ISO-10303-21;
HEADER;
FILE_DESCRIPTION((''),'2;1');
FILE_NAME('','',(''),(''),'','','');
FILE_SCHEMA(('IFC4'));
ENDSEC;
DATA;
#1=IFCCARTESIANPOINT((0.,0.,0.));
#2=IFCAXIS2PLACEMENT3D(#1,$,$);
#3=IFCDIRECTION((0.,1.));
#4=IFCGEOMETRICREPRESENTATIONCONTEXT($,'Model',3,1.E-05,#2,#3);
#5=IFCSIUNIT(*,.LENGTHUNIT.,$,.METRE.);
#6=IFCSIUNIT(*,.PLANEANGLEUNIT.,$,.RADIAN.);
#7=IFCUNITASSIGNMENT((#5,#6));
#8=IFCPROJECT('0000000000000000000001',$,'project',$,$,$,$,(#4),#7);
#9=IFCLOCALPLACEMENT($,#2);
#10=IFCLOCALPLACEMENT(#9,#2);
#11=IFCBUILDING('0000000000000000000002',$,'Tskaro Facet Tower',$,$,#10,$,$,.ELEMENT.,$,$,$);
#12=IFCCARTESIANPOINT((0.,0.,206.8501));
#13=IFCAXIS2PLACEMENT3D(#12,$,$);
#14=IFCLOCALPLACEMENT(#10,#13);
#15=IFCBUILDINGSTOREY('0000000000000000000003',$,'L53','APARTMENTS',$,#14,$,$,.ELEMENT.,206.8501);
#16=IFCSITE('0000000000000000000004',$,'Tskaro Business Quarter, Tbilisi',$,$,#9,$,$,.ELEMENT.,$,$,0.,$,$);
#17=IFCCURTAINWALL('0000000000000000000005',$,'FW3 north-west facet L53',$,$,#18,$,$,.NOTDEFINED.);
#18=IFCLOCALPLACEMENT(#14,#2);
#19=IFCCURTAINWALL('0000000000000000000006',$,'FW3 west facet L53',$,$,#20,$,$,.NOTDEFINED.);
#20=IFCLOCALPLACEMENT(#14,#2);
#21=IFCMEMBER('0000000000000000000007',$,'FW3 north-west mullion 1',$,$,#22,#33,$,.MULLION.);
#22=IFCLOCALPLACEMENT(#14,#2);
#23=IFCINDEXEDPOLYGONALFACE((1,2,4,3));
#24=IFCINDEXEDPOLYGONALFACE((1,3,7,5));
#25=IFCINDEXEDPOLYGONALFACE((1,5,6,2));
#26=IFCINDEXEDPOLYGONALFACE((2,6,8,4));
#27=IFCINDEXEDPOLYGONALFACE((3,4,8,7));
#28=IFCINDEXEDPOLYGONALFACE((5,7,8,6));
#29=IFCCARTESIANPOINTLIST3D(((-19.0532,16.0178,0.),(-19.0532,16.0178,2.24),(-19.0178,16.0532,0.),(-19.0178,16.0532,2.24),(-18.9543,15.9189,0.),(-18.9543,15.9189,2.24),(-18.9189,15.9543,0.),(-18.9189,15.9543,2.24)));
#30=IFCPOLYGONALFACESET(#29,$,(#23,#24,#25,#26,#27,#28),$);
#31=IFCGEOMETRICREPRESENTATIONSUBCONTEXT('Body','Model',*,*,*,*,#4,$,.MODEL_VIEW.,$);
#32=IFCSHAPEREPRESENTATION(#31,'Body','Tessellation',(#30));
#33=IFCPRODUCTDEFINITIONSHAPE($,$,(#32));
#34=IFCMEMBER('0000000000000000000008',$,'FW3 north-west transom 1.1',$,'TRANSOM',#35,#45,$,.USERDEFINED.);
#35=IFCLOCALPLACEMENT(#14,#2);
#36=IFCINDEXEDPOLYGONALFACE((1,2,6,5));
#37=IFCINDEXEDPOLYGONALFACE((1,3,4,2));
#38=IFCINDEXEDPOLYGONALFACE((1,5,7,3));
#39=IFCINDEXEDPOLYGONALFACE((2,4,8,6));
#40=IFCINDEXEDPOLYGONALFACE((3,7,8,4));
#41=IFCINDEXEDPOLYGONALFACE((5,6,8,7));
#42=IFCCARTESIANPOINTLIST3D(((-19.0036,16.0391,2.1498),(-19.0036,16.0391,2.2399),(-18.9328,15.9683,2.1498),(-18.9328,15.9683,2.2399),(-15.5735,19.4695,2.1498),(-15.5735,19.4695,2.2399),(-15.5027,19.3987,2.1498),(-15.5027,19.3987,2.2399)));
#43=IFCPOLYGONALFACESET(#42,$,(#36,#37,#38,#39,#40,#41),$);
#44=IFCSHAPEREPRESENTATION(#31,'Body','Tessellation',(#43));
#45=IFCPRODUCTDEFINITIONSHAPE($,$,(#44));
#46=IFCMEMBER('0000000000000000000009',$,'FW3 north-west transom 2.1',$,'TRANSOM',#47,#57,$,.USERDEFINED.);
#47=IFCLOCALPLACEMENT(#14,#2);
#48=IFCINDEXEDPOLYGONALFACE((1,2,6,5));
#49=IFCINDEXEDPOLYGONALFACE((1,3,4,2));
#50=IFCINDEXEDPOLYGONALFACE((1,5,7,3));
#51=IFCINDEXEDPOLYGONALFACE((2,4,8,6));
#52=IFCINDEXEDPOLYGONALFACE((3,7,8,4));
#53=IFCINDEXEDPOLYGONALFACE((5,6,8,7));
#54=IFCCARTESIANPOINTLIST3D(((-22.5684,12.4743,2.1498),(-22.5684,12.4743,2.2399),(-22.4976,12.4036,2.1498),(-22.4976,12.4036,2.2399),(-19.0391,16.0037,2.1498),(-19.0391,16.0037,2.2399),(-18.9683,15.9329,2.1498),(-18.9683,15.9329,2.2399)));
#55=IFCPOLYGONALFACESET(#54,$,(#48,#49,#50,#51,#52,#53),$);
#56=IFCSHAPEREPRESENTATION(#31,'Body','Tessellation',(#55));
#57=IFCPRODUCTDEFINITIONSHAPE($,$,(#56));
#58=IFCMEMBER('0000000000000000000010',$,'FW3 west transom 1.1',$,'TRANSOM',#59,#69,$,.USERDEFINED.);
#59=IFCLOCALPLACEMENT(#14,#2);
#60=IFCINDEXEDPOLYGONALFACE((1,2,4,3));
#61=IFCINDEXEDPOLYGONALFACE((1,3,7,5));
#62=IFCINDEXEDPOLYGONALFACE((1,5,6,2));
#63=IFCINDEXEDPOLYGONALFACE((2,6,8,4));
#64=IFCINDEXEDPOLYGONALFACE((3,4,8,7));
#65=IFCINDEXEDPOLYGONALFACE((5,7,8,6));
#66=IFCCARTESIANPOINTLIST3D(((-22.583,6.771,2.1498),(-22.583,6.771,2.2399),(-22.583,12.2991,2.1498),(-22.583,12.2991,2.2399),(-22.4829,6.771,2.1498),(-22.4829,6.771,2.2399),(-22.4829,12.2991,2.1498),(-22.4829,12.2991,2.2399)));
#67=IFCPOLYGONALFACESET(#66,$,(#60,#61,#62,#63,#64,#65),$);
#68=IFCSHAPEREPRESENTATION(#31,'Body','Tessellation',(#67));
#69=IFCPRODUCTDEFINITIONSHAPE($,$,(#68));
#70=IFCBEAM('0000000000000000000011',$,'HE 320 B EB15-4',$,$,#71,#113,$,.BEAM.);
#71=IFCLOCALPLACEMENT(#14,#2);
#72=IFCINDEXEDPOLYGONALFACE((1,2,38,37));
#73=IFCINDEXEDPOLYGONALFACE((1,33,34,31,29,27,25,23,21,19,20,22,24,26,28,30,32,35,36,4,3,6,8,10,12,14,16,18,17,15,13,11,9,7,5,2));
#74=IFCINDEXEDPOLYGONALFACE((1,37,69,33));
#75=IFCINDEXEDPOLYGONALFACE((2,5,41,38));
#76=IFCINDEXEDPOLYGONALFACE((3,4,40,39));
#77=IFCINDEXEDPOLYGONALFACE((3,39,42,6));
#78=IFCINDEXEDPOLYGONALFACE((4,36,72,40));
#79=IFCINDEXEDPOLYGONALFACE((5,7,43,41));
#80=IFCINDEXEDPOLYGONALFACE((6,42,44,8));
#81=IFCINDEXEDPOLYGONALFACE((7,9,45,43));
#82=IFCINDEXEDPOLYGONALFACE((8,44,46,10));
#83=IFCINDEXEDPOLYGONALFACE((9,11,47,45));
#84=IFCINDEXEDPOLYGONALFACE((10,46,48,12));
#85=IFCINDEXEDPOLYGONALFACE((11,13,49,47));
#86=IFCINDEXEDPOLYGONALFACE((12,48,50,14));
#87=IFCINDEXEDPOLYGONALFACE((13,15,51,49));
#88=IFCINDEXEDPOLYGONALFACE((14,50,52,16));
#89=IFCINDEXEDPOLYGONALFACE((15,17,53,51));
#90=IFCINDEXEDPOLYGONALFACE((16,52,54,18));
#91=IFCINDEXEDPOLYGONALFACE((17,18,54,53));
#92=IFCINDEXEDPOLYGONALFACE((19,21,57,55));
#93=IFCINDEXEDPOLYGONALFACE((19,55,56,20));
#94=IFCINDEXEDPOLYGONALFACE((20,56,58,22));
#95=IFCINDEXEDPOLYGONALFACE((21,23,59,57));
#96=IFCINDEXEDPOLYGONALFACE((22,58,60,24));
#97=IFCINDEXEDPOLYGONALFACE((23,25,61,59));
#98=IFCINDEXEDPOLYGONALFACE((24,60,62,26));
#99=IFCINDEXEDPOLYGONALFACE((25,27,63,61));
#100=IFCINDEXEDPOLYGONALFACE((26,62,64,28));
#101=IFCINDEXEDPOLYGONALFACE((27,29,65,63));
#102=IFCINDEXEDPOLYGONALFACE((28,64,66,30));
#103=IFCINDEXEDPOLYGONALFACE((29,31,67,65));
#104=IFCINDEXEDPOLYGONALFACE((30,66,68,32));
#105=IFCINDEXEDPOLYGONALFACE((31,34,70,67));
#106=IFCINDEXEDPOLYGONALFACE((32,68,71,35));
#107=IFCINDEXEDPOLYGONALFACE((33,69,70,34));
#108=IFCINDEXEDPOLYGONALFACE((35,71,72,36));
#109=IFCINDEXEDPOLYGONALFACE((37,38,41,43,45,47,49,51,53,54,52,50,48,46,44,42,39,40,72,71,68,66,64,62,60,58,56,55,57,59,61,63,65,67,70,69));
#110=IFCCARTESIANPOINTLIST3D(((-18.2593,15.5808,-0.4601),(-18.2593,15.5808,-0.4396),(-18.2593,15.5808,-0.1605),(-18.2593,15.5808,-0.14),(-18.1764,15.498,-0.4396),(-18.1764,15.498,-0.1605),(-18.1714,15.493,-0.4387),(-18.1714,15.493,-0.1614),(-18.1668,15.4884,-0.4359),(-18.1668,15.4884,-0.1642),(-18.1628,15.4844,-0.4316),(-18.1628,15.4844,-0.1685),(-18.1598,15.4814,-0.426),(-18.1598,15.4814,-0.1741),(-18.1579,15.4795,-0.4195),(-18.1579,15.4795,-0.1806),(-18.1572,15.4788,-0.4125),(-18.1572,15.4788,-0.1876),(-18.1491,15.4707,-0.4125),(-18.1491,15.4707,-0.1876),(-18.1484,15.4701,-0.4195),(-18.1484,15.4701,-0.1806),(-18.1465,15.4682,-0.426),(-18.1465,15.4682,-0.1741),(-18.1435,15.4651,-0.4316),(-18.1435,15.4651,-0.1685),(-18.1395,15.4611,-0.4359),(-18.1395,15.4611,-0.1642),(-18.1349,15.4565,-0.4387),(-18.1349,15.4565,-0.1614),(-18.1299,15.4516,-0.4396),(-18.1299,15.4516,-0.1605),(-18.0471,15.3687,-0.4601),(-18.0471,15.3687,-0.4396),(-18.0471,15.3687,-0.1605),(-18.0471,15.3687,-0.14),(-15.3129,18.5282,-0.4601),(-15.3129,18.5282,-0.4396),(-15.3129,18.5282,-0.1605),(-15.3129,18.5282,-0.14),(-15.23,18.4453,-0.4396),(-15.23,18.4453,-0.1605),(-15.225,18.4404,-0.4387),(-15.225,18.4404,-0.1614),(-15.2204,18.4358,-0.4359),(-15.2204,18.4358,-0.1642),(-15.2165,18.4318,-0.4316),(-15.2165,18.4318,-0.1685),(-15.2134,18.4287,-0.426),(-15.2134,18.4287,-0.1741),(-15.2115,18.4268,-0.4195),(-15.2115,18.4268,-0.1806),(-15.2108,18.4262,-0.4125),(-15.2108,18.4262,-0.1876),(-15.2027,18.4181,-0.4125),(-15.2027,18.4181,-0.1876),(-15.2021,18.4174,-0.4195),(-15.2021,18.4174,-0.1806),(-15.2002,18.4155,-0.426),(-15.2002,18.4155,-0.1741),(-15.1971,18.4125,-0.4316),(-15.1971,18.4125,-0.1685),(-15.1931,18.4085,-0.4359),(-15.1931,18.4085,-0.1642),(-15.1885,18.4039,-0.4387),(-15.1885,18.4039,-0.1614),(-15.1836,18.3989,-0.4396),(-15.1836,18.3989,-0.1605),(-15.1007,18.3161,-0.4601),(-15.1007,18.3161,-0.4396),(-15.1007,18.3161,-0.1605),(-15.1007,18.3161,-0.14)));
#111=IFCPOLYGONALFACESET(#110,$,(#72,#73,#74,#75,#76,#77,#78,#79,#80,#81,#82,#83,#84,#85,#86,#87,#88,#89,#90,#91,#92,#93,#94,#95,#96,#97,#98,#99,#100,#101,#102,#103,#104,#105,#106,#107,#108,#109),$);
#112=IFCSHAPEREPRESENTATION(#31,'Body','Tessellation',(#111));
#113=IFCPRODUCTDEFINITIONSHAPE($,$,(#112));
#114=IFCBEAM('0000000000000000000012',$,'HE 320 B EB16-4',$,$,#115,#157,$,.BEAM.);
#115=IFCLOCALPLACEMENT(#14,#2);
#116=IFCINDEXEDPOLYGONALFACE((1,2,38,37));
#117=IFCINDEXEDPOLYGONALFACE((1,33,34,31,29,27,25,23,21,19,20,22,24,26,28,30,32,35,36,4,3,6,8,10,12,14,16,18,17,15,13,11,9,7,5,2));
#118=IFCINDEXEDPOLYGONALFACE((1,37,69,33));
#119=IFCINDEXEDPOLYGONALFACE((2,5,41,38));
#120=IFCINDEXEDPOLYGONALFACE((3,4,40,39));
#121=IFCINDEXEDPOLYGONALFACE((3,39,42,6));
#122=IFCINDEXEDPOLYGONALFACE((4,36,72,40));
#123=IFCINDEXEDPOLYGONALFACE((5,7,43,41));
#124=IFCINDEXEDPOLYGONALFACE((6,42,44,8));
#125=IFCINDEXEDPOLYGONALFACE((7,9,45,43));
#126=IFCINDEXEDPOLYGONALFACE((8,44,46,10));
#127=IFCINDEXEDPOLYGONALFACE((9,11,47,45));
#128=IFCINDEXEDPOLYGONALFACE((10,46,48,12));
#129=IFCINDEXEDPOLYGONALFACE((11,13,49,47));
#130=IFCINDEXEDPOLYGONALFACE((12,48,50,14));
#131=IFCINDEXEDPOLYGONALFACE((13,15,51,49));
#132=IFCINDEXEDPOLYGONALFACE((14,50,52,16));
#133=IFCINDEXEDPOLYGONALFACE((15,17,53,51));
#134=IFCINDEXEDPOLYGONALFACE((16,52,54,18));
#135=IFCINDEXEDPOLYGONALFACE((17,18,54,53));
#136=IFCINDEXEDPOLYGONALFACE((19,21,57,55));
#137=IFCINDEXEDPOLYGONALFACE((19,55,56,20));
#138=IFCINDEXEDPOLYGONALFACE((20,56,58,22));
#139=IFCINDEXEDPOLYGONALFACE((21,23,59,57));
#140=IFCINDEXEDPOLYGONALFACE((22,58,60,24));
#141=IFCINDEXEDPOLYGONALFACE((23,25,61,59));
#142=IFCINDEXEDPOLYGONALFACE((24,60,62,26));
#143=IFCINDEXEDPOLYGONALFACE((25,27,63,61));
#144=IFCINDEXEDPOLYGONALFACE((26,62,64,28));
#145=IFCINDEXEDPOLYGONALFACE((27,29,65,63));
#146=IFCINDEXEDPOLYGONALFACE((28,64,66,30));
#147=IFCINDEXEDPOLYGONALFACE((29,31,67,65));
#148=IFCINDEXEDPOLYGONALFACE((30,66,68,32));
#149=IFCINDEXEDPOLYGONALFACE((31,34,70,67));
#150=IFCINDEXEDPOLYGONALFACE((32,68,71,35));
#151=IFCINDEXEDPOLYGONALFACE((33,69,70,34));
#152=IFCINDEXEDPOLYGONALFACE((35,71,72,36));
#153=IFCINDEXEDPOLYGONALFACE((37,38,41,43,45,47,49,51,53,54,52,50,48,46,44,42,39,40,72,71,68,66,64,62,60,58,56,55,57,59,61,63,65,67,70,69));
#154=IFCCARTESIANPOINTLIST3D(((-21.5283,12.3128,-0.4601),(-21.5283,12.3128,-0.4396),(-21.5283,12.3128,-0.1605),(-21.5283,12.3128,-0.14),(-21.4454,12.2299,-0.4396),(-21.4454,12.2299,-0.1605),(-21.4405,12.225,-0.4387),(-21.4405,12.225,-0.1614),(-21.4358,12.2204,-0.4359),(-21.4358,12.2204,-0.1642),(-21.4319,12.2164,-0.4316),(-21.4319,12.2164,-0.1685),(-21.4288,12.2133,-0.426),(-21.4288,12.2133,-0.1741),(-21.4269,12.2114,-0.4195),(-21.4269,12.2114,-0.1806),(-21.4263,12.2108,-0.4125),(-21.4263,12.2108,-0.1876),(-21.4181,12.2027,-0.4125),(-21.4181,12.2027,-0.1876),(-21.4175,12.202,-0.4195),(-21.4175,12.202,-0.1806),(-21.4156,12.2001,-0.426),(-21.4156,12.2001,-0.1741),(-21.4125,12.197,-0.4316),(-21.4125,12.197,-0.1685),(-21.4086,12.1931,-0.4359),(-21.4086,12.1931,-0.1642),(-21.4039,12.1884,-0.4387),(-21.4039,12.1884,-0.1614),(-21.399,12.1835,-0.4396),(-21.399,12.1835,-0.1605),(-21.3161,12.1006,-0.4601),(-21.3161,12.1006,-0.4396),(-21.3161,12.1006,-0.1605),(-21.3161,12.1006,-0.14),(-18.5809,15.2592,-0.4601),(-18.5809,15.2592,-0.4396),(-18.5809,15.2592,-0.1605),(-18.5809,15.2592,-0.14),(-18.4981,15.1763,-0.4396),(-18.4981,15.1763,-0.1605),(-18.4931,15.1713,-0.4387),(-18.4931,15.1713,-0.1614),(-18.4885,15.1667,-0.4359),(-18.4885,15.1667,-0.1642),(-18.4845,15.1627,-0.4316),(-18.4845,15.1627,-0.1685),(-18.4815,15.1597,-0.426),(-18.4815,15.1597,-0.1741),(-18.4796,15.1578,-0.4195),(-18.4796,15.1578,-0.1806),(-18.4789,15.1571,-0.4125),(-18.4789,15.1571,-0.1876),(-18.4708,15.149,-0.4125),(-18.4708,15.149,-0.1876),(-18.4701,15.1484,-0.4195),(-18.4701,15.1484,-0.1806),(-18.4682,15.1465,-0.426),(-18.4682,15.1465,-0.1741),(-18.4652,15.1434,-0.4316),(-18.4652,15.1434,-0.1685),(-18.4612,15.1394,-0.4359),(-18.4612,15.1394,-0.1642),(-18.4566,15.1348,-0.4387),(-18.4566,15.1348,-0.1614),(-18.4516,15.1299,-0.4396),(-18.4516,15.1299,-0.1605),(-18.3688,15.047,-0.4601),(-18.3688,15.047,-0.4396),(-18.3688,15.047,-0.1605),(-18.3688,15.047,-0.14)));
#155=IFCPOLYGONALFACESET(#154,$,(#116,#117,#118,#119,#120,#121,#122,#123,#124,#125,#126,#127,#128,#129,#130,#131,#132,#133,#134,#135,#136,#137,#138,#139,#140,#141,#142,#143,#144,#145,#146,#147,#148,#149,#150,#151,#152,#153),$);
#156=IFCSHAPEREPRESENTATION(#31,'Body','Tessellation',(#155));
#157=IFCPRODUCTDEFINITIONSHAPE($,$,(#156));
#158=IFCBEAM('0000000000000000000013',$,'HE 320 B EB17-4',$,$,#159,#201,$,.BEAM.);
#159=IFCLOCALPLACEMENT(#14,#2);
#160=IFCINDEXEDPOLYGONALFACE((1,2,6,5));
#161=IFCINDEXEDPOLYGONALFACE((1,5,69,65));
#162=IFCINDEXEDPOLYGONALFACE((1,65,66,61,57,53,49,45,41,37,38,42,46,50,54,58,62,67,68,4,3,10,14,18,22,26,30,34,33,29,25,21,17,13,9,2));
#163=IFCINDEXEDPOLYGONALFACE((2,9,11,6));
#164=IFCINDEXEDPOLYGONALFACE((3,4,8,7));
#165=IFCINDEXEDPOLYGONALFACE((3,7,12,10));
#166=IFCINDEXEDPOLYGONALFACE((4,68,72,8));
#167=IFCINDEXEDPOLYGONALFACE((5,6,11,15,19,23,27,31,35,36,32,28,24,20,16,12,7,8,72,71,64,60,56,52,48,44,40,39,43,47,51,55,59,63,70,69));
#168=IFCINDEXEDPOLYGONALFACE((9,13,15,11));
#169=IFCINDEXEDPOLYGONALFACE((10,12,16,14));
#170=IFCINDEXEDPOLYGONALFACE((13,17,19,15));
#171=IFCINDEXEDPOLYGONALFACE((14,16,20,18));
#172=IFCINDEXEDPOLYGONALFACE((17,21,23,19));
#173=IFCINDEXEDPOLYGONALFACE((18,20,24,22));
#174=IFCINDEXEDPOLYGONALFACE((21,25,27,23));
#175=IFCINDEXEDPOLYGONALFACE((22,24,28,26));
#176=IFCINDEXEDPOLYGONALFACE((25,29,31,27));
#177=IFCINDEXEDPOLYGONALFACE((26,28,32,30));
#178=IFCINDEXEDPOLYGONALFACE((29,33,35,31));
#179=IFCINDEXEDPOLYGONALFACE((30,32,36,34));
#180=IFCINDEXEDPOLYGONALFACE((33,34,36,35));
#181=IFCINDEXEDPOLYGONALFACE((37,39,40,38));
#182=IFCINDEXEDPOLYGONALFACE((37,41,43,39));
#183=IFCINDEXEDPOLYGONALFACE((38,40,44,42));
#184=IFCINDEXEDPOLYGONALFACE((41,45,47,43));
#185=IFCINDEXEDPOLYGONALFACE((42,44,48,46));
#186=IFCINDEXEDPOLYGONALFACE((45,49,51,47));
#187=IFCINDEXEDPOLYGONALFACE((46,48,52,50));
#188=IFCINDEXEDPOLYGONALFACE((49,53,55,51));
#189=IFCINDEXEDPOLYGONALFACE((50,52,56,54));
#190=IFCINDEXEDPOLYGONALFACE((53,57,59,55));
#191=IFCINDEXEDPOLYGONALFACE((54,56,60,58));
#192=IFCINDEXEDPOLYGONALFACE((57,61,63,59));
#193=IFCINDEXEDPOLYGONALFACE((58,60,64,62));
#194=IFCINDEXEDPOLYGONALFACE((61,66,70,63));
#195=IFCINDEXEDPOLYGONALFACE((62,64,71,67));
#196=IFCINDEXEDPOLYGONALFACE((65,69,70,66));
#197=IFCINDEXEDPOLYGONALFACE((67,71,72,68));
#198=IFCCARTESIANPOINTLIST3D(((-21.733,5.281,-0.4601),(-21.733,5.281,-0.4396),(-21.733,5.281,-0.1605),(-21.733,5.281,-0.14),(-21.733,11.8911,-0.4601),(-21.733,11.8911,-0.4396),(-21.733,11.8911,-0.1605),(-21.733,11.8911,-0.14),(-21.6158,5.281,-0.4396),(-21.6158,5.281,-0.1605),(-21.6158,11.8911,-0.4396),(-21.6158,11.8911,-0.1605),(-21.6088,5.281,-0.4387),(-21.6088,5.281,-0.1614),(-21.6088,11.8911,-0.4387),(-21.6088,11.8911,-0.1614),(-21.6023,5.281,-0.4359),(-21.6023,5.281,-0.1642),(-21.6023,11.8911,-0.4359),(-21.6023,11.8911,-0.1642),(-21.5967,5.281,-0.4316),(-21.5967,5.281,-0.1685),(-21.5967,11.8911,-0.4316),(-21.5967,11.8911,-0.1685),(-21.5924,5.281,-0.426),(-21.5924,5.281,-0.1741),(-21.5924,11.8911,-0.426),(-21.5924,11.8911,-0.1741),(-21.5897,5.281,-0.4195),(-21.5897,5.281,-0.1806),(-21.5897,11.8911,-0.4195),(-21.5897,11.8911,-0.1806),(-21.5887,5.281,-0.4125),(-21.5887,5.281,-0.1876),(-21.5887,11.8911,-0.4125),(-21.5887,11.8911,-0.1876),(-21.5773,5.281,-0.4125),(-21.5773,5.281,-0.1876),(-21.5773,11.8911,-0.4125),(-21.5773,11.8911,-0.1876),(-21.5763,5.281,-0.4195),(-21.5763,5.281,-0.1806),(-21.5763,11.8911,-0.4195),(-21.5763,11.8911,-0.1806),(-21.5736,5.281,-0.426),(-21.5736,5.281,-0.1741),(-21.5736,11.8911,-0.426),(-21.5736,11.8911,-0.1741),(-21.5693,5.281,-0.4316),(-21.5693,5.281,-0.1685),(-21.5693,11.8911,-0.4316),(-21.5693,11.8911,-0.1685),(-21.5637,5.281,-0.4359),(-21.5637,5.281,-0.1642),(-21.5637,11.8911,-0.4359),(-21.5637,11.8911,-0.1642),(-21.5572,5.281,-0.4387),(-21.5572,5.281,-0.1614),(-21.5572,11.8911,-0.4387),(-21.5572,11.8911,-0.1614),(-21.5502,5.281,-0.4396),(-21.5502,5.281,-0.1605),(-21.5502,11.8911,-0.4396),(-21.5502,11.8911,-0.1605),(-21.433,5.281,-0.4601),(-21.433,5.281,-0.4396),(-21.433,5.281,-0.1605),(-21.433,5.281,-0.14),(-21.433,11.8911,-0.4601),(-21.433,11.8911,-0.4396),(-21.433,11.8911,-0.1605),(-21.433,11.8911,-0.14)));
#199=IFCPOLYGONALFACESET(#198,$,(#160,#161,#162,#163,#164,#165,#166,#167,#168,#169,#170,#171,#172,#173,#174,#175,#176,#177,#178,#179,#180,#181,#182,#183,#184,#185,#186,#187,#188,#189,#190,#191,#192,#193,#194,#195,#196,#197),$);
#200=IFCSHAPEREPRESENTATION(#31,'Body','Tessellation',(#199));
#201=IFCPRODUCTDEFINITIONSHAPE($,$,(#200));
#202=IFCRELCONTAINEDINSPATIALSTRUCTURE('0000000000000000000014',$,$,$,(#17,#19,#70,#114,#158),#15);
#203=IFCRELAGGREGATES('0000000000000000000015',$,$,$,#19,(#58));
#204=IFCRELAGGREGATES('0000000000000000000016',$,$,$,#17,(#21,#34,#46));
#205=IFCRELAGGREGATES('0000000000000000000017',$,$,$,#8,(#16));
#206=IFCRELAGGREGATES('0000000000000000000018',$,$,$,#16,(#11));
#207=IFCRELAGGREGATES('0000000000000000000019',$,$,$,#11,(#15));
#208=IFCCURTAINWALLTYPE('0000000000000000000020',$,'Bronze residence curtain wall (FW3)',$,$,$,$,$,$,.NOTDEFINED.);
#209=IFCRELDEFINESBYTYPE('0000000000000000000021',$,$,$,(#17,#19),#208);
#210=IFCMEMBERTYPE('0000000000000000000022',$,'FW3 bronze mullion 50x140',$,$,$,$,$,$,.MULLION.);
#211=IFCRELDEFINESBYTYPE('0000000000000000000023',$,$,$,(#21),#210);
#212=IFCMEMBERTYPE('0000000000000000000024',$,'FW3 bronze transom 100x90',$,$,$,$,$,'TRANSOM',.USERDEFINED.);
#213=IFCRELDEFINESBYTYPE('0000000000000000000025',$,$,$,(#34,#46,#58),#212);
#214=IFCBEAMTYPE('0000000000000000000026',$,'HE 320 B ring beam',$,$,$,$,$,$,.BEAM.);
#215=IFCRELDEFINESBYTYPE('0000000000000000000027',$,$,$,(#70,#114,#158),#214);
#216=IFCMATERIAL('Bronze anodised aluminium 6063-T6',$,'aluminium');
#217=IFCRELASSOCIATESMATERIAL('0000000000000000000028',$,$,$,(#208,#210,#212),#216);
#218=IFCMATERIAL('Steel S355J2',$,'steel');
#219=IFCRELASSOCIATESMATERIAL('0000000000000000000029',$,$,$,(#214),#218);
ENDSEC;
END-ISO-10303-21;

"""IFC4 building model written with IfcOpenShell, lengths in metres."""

from ifc_helpers import new_model, si_unit, direction, frame, origin, origin_2d, place, context, subcontext, project, spatial, rectangle, i_section, extrude, material, material_profile, profile_set, type_object, element, aggregate, save


model = new_model("IFC4")

# Units and contexts
model_context = context("Model", 3, precision=1e-05, world=origin(), true_north=direction((0.0, 1.0)))
body_context = subcontext(model_context, "Body", "Model", "MODEL_VIEW")
ifc_project = project(units=[si_unit("LENGTHUNIT", "METRE"), si_unit("PLANEANGLEUNIT", "RADIAN")], contexts=[model_context])

# Site, building, storey
site_placement = place(None, origin())
site = spatial("IfcSite", under=ifc_project, at=site_placement, Name="Tskaro Business Quarter, Tbilisi", CompositionType="ELEMENT", RefElevation=0.0)
building_placement = place(site_placement, origin())
building = spatial("IfcBuilding", under=site, at=building_placement, Name="Tskaro Facet Tower", CompositionType="ELEMENT")
storey_placement = place(building_placement, frame((0.0, 0.0, 206.8501)))
storey = spatial("IfcBuildingStorey", under=building, at=storey_placement, Name="L53", Description="APARTMENTS", CompositionType="ELEMENT", Elevation=206.8501)

# Curtain walls
ifc_material_1 = material(Name="Bronze anodised aluminium 6063-T6", Category="aluminium")
curtain_wall_type = type_object("IfcCurtainWallType", Name="Bronze residence curtain wall (FW3)", PredefinedType="NOTDEFINED", material=ifc_material_1)
curtain_wall_1_placement = place(storey_placement, origin())
curtain_wall_1 = element("IfcCurtainWall", 1, at=curtain_wall_1_placement, inside=storey, type_object=curtain_wall_type, Name="FW3 north-west facet L53", PredefinedType="NOTDEFINED")
curtain_wall_2_placement = place(storey_placement, origin())
curtain_wall_2 = element("IfcCurtainWall", 2, at=curtain_wall_2_placement, inside=storey, type_object=curtain_wall_type, Name="FW3 west facet L53", PredefinedType="NOTDEFINED")

# Members
ifc_material_profile_1 = material_profile(ifc_material_1, rectangle(XDim=0.05, YDim=0.1399, at=origin_2d()), Name="Mullion 50x140")
ifc_profile_set_1 = profile_set([ifc_material_profile_1], Name="Bronze anodised aluminium 6063-T6")
member_type_1 = type_object("IfcMemberType", Name="FW3 bronze mullion 50x140", PredefinedType="MULLION", material=ifc_profile_set_1)
member_1_placement = place(storey_placement, frame((-18.9861, 15.9861, 0.0), z_axis=(0.0, 0.0, 1.0), x_axis=(-0.707107, -0.707107, 0.0)))
member_1 = element("IfcMember", 3, at=member_1_placement, type_object=member_type_1, Name="FW3 north-west mullion 1", PredefinedType="MULLION", context=body_context, shape_type="SweptSolid", body=[
    extrude(rectangle(XDim=0.05, YDim=0.1399, at=origin_2d()), origin(), (0.0, 0.0, 1.0), 2.24),
])
ifc_material_profile_2 = material_profile(ifc_material_1, rectangle(XDim=0.1001, YDim=0.0901, at=origin_2d()), Name="Transom 100x90")
ifc_profile_set_2 = profile_set([ifc_material_profile_2], Name="Bronze anodised aluminium 6063-T6")
member_type_2 = type_object("IfcMemberType", Name="FW3 bronze transom 100x90", ElementType="TRANSOM", PredefinedType="USERDEFINED", material=ifc_profile_set_2)
member_2_placement = place(storey_placement, frame((-15.5381, 19.4341, 2.1948), z_axis=(-0.707082, -0.707132, 0.0), x_axis=(0.707132, -0.707082, 0.0)))
member_2 = element("IfcMember", 4, at=member_2_placement, type_object=member_type_2, Name="FW3 north-west transom 1.1", ObjectType="TRANSOM", PredefinedType="USERDEFINED", context=body_context, shape_type="SweptSolid", body=[
    extrude(rectangle(XDim=0.1001, YDim=0.0901, at=origin_2d()), origin(), (0.0, 0.0, 1.0), 4.8511),
])
member_3_placement = place(storey_placement, frame((-19.0037, 15.9683, 2.1948), z_axis=(-0.707107, -0.707107, 0.0), x_axis=(0.707107, -0.707107, 0.0)))
member_3 = element("IfcMember", 5, at=member_3_placement, type_object=member_type_2, Name="FW3 north-west transom 2.1", ObjectType="TRANSOM", PredefinedType="USERDEFINED", context=body_context, shape_type="SweptSolid", body=[
    extrude(rectangle(XDim=0.1001, YDim=0.0901, at=origin_2d()), origin(), (0.0, 0.0, 1.0), 4.9912),
])
member_4_placement = place(storey_placement, frame((-22.533, 12.2991, 2.1948), z_axis=(0.0, -1.0, 0.0), x_axis=(1.0, 0.0, 0.0)))
member_4 = element("IfcMember", 6, at=member_4_placement, type_object=member_type_2, Name="FW3 west transom 1.1", ObjectType="TRANSOM", PredefinedType="USERDEFINED", context=body_context, shape_type="SweptSolid", body=[
    extrude(rectangle(XDim=0.1001, YDim=0.0901, at=origin_2d()), origin(), (0.0, 0.0, 1.0), 5.5281),
])
aggregate(curtain_wall_2, [member_4])

# Beams
ifc_material_2 = material(Name="Steel S355J2", Category="steel")
ifc_material_profile_3 = material_profile(ifc_material_2, i_section(OverallWidth=0.3, OverallDepth=0.3201, WebThickness=0.0115, FlangeThickness=0.0205, FilletRadius=0.0271, at=origin_2d()), Name="HE 320 B")
ifc_profile_set_3 = profile_set([ifc_material_profile_3], Name="Steel S355J2")
beam_type_1 = type_object("IfcBeamType", Name="HE 320 B ring beam", PredefinedType="BEAM", material=ifc_profile_set_3)
for number, where, z_axis, x_axis, name in (
    (7, (-15.2068, 18.4221, -0.3), (-0.70699, -0.707224, 0.0), (0.707224, -0.70699, 0.0), "HE 320 B EB15-4"),
    (8, (-18.4749, 15.1531, -0.3), (-0.707224, -0.70699, 0.0), (0.70699, -0.707224, 0.0), "HE 320 B EB16-4"),
):
    element("IfcBeam", number, at=place(storey_placement, frame(where, z_axis=z_axis, x_axis=x_axis)), inside=storey, type_object=beam_type_1, Name=name, PredefinedType="BEAM", context=body_context, shape_type="SweptSolid", body=[
        extrude(i_section(OverallWidth=0.3, OverallDepth=0.3201, WebThickness=0.0115, FlangeThickness=0.0205, FilletRadius=0.0271, at=origin_2d()), origin(), (0.0, 0.0, 1.0), 4.1675),
    ])
beam_1_placement = place(storey_placement, frame((-21.583, 11.8911, -0.3), z_axis=(0.0, -1.0, 0.0), x_axis=(1.0, 0.0, 0.0)))
element("IfcBeam", 9, at=beam_1_placement, inside=storey, type_object=beam_type_1, Name="HE 320 B EB17-4", PredefinedType="BEAM", context=body_context, shape_type="SweptSolid", body=[
    extrude(i_section(OverallWidth=0.3, OverallDepth=0.3201, WebThickness=0.0115, FlangeThickness=0.0205, FilletRadius=0.0271, at=origin_2d()), origin(), (0.0, 0.0, 1.0), 6.6101),
])

aggregate(curtain_wall_1, [member_1, member_2, member_3])

save(model, "model.ifc")
